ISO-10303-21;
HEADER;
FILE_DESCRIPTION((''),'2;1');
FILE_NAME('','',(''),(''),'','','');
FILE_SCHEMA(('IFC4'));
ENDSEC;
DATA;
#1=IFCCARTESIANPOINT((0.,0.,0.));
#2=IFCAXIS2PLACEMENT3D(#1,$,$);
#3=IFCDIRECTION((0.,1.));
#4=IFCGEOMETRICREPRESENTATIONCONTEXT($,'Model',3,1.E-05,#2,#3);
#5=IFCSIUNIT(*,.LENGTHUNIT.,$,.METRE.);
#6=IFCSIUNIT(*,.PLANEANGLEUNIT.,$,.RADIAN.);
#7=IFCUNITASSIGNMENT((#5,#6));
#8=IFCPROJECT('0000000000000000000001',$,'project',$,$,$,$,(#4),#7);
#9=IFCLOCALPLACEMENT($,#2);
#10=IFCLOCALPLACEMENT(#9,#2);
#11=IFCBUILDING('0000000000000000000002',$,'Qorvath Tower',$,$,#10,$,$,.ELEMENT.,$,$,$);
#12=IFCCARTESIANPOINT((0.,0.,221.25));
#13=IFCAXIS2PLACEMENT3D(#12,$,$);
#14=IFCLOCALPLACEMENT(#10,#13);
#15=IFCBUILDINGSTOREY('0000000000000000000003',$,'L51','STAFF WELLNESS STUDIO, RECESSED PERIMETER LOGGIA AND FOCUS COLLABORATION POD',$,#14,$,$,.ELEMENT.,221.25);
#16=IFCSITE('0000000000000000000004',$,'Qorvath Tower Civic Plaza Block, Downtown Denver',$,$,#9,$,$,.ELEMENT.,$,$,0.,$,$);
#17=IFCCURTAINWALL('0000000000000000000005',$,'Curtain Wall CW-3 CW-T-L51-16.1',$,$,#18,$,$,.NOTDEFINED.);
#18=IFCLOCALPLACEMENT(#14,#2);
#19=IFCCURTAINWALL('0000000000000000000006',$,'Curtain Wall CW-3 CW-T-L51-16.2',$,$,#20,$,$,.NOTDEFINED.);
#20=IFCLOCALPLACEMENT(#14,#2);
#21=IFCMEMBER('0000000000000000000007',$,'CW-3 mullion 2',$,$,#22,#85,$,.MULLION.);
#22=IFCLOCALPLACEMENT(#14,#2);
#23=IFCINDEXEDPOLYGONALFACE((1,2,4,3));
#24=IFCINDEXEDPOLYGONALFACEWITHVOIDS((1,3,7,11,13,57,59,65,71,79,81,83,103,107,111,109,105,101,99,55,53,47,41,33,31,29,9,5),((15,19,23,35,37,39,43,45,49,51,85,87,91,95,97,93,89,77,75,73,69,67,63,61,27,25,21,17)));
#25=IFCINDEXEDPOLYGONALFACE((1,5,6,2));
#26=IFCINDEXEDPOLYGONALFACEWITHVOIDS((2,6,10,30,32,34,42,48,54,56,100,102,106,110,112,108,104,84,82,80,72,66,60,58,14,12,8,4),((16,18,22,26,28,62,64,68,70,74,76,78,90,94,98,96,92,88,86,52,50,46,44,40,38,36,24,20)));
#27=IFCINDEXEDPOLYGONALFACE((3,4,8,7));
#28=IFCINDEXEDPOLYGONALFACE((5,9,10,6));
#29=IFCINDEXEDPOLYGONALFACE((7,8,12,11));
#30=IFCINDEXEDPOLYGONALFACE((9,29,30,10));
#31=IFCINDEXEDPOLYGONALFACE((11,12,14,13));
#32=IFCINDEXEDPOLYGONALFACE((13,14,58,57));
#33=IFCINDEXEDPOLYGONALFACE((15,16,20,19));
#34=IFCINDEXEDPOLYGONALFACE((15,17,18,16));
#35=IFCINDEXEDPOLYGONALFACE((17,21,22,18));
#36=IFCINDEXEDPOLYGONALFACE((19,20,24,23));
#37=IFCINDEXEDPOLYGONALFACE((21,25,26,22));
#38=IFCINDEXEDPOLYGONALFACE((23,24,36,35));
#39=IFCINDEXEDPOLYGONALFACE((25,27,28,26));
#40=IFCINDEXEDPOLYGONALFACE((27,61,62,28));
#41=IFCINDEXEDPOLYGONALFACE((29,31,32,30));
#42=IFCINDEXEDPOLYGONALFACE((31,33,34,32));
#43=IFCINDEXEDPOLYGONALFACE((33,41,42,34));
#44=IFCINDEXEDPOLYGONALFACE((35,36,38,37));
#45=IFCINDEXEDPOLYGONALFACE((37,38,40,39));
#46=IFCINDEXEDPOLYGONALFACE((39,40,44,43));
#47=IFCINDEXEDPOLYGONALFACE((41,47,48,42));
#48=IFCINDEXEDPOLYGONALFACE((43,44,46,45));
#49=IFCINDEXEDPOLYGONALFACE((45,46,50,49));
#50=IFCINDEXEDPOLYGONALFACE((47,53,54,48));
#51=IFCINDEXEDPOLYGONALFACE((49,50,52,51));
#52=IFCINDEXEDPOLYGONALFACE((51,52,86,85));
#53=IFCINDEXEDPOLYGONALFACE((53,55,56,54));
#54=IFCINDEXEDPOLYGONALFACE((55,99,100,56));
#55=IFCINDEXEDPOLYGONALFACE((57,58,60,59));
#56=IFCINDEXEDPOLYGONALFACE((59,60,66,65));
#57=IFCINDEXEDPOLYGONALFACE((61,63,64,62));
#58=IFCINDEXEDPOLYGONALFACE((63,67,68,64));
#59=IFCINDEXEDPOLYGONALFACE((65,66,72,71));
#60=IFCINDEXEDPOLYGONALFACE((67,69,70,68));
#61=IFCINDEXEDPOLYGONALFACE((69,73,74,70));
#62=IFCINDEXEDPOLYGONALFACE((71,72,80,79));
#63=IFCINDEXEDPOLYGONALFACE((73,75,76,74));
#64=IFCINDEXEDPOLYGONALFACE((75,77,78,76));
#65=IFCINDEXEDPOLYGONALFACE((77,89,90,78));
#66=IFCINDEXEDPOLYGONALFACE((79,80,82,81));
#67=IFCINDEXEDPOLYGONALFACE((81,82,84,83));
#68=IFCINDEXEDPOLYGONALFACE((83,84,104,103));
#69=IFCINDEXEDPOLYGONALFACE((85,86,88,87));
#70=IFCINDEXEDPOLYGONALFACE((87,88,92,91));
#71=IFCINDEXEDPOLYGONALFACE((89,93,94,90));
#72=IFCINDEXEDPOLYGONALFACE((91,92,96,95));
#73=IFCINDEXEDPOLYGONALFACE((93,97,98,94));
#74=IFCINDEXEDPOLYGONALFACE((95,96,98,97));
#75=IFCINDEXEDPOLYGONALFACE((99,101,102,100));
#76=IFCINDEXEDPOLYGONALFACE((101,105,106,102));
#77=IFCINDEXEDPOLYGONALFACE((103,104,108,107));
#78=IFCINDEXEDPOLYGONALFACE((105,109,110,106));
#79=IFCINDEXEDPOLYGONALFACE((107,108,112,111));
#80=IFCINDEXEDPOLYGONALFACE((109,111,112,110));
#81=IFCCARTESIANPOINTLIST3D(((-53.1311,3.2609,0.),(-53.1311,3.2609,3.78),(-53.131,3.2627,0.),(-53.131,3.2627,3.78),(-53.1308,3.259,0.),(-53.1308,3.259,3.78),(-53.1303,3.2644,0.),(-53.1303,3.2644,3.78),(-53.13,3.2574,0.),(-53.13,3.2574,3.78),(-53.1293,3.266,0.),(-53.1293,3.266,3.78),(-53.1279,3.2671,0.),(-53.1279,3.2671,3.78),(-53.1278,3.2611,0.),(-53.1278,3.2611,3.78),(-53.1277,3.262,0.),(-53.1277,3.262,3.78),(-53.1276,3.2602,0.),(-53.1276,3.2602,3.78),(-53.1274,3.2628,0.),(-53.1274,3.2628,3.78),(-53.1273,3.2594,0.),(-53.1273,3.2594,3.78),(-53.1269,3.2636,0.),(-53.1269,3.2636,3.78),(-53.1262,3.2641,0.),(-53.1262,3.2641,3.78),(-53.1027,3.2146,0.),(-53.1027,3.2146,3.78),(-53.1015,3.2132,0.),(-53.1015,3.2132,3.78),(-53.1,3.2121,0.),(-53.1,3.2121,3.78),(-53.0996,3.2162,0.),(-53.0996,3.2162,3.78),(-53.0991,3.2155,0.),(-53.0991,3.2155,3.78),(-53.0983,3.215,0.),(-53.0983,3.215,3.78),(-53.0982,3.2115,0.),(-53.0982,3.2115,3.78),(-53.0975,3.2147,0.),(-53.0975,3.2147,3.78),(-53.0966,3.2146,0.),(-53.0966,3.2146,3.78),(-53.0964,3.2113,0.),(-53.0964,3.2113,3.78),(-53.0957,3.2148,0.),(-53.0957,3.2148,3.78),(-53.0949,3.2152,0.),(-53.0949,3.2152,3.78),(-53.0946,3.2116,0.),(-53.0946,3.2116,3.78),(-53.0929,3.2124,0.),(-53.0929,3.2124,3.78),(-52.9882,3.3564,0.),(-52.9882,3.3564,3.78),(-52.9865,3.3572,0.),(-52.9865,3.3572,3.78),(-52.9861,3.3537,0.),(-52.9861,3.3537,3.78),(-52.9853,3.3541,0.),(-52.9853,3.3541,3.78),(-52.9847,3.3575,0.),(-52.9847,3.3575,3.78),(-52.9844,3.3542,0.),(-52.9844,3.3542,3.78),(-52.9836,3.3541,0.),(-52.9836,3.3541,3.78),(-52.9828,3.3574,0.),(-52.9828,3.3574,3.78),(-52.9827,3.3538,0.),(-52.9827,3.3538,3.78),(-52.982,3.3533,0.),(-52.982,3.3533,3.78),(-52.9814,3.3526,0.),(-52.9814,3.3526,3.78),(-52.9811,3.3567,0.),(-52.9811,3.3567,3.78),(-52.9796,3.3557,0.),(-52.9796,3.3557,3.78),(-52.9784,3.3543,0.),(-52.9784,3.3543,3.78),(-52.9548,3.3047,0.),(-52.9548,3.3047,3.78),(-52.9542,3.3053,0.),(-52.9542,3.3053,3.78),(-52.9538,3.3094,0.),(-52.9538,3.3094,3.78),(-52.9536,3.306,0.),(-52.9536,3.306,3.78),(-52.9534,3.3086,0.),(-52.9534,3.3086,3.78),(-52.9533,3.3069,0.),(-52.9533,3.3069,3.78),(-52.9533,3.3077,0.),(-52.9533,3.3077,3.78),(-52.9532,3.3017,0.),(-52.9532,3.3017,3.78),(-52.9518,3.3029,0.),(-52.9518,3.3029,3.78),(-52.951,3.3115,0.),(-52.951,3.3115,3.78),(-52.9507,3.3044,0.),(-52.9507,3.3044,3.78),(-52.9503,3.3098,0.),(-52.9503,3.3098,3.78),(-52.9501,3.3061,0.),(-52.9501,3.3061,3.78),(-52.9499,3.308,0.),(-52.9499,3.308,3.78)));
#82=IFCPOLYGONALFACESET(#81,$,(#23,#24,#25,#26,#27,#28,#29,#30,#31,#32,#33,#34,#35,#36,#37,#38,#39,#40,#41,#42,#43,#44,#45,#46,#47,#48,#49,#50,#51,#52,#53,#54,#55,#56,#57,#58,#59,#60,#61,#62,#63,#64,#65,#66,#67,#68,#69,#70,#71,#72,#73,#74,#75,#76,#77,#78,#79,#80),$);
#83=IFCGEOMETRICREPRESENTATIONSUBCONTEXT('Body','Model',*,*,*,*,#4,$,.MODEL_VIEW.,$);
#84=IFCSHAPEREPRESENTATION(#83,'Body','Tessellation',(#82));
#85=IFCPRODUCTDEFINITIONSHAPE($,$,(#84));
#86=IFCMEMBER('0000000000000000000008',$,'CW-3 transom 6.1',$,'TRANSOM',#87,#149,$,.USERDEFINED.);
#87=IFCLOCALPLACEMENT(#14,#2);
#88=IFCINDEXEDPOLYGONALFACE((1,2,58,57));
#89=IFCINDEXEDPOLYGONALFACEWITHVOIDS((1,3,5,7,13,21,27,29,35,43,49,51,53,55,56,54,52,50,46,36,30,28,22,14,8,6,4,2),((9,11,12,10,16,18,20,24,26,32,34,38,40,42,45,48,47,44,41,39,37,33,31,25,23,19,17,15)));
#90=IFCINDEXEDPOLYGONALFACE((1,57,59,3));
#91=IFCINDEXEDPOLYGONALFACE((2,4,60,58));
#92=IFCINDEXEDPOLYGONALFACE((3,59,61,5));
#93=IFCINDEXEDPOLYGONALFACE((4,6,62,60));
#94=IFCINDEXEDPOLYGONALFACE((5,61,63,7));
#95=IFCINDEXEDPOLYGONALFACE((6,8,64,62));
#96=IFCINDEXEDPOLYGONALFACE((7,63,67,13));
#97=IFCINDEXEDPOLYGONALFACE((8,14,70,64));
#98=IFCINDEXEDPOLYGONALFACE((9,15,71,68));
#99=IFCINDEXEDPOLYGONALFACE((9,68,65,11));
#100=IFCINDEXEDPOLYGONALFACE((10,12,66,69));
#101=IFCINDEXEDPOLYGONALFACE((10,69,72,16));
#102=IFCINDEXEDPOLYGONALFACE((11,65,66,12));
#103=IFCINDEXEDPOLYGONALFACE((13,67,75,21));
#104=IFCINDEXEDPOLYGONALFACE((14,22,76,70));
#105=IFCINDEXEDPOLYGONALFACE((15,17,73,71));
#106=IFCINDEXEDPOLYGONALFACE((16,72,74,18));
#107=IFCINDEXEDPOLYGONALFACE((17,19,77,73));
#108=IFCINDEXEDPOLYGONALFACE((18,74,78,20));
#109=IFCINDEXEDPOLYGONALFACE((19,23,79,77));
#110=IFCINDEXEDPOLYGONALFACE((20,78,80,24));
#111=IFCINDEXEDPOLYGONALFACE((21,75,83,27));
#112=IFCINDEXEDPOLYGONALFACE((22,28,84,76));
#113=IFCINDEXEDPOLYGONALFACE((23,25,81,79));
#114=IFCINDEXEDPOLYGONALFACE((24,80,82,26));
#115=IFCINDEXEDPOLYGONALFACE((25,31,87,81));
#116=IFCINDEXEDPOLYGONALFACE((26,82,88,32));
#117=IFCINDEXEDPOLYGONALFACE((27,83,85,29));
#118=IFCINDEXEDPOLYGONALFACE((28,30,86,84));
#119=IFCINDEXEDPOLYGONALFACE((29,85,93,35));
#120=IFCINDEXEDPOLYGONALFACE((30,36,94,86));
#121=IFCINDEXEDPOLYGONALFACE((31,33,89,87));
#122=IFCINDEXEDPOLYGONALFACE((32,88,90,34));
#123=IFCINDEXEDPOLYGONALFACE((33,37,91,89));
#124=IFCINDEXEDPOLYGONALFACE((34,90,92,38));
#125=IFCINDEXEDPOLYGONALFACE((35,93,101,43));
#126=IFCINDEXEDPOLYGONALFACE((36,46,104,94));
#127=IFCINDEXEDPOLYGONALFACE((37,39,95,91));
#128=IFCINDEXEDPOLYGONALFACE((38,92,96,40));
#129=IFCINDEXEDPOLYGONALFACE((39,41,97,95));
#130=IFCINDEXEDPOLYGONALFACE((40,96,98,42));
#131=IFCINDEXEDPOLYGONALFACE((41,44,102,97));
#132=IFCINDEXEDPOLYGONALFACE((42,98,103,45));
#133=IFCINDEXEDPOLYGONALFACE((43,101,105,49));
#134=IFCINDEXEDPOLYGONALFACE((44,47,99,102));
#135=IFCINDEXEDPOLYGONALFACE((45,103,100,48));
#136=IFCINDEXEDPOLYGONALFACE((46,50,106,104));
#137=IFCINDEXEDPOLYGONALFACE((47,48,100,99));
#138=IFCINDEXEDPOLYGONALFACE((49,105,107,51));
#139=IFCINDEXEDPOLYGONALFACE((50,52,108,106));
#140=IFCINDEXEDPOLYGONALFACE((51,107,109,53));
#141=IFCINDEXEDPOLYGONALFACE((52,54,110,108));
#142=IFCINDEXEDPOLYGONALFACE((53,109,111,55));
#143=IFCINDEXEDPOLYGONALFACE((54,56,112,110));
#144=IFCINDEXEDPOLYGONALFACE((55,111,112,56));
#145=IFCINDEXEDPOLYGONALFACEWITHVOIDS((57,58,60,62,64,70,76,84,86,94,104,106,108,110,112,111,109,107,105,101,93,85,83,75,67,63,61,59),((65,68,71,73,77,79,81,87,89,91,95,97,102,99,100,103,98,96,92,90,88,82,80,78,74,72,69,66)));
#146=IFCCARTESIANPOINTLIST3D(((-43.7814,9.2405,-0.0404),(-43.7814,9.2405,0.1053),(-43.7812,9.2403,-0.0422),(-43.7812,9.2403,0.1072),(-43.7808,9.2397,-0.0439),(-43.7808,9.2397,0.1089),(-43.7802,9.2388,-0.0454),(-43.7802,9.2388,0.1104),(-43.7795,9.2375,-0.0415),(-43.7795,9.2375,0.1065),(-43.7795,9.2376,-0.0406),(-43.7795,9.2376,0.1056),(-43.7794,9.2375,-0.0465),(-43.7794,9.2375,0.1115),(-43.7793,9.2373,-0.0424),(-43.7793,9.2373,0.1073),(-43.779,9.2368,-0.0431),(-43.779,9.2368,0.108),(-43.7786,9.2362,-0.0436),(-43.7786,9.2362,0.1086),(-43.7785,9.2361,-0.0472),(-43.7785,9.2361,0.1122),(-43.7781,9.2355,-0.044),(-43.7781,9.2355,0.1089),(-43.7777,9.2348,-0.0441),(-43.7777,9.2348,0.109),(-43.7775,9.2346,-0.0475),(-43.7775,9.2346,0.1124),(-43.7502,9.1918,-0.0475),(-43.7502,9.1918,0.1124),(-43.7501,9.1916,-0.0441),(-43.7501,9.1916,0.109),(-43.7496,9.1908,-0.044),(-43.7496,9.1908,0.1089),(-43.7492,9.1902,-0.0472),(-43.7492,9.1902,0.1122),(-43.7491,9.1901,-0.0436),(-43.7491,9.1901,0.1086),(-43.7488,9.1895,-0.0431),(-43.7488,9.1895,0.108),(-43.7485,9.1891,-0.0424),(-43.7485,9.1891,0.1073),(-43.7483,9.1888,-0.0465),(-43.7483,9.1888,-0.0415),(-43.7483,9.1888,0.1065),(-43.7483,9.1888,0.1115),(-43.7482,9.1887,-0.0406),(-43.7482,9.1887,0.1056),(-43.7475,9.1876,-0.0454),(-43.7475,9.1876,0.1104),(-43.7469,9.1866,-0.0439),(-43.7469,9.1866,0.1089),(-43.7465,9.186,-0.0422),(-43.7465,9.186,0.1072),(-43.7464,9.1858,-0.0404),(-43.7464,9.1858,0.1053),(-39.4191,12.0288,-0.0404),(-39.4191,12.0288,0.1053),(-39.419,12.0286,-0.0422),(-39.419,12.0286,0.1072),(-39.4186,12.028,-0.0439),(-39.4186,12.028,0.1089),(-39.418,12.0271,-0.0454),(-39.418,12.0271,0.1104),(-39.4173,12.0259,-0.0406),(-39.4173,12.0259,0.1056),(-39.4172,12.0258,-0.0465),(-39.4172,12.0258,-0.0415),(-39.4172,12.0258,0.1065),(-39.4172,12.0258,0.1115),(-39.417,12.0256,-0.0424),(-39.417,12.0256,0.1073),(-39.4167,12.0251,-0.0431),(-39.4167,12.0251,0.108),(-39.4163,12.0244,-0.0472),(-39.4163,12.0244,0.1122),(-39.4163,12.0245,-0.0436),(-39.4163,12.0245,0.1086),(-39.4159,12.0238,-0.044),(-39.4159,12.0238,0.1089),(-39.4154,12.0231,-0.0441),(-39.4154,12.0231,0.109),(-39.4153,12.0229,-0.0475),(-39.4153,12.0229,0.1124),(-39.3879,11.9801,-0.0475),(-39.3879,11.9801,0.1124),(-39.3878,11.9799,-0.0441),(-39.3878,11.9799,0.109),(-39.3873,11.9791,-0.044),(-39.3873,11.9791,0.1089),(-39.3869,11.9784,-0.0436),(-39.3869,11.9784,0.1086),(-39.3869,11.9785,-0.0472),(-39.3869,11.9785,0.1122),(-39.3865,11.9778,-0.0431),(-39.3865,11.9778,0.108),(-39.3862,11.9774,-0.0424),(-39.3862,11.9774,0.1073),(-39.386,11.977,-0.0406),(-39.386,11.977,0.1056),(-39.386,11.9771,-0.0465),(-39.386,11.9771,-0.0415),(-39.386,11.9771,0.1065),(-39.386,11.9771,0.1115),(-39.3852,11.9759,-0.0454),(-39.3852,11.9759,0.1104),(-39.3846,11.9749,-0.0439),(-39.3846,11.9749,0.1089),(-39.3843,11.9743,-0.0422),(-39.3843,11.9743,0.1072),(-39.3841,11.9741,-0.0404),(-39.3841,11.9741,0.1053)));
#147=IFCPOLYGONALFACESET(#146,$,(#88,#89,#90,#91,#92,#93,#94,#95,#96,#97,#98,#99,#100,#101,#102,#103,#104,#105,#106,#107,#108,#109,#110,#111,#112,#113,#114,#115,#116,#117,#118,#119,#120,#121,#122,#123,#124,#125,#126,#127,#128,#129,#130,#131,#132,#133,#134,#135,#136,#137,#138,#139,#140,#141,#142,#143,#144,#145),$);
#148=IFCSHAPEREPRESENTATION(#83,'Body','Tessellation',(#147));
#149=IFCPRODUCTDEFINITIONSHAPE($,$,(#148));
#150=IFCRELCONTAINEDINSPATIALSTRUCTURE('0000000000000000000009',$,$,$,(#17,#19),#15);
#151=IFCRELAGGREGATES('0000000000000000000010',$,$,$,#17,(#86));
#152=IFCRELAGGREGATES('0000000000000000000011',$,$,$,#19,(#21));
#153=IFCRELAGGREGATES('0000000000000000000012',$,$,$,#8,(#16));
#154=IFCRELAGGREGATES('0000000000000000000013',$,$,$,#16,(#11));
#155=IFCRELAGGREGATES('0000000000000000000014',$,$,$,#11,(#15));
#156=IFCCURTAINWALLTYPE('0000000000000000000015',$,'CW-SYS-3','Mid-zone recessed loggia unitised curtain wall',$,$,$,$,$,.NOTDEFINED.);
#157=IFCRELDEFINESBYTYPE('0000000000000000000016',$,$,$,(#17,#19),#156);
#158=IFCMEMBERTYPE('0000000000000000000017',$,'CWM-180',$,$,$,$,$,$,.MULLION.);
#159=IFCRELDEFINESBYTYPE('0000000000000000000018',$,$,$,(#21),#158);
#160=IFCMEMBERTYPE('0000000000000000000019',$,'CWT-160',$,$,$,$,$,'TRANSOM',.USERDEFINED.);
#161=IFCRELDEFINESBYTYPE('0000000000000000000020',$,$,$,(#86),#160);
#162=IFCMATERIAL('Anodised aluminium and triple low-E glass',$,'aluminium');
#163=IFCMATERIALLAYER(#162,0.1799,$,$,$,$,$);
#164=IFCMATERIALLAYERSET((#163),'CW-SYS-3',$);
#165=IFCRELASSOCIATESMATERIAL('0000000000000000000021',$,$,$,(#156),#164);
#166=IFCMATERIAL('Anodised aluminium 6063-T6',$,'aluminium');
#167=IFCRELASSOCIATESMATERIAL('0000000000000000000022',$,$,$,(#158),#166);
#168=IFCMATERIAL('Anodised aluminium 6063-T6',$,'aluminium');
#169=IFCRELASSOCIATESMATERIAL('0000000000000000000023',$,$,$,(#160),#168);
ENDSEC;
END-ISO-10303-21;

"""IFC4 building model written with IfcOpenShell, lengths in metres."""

from ifc_helpers import new_model, si_unit, direction, frame, origin, origin_2d, place, context, subcontext, project, spatial, hollow_rectangle, extrude, material, layer, layer_set, material_profile, profile_set, type_object, element, aggregate, save


model = new_model("IFC4")

# Units and contexts
model_context = context("Model", 3, precision=1e-05, world=origin(), true_north=direction((0.0, 1.0)))
body_context = subcontext(model_context, "Body", "Model", "MODEL_VIEW")
ifc_project = project(units=[si_unit("LENGTHUNIT", "METRE"), si_unit("PLANEANGLEUNIT", "RADIAN")], contexts=[model_context])

# Site, building, storey
site_placement = place(None, origin())
site = spatial("IfcSite", under=ifc_project, at=site_placement, Name="Qorvath Tower Civic Plaza Block, Downtown Denver", CompositionType="ELEMENT", RefElevation=0.0)
building_placement = place(site_placement, origin())
building = spatial("IfcBuilding", under=site, at=building_placement, Name="Qorvath Tower", CompositionType="ELEMENT")
storey_placement = place(building_placement, frame((0.0, 0.0, 221.25)))
storey = spatial("IfcBuildingStorey", under=building, at=storey_placement, Name="L51", Description="STAFF WELLNESS STUDIO, RECESSED PERIMETER LOGGIA AND FOCUS COLLABORATION POD", CompositionType="ELEMENT", Elevation=221.25)

# Curtain walls, member
ifc_material_1 = material(Name="Anodised aluminium and triple low-E glass", Category="aluminium")
ifc_layer_1 = layer(ifc_material_1, 0.1799)
ifc_layer_set_1 = layer_set([ifc_layer_1], Name="CW-SYS-3")
curtain_wall_type = type_object("IfcCurtainWallType", Name="CW-SYS-3", Description="Mid-zone recessed loggia unitised curtain wall", PredefinedType="NOTDEFINED", material=ifc_layer_set_1)
curtain_wall_1_placement = place(storey_placement, origin())
curtain_wall_1 = element("IfcCurtainWall", 1, at=curtain_wall_1_placement, inside=storey, type_object=curtain_wall_type, Name="Curtain Wall CW-3 CW-T-L51-16.1", PredefinedType="NOTDEFINED")
ifc_material_2 = material(Name="Anodised aluminium 6063-T6", Category="aluminium")
ifc_material_profile_1 = material_profile(ifc_material_2, hollow_rectangle(XDim=0.0649, YDim=0.1799, WallThickness=0.0034, InnerFilletRadius=0.0034, OuterFilletRadius=0.0071, at=origin_2d()), Name="CWM 180x65")
ifc_profile_set_1 = profile_set([ifc_material_profile_1], Name="Anodised aluminium 6063-T6")
member_type_1 = type_object("IfcMemberType", Name="CWM-180", PredefinedType="MULLION", material=ifc_profile_set_1)
curtain_wall_2_placement = place(storey_placement, origin())
curtain_wall_2 = element("IfcCurtainWall", 2, at=curtain_wall_2_placement, inside=storey, type_object=curtain_wall_type, Name="Curtain Wall CW-3 CW-T-L51-16.2", PredefinedType="NOTDEFINED")
member_1_placement = place(storey_placement, frame((-53.0405, 3.2844, 0.0), z_axis=(0.0, 0.0, 1.0), x_axis=(0.538553, -0.842592, 0.0)))
member_1 = element("IfcMember", 3, at=member_1_placement, type_object=member_type_1, Name="CW-3 mullion 2", PredefinedType="MULLION", context=body_context, shape_type="SweptSolid", body=[
    extrude(hollow_rectangle(XDim=0.0649, YDim=0.1799, WallThickness=0.0034, InnerFilletRadius=0.0034, OuterFilletRadius=0.0071, at=origin_2d()), origin(), (0.0, 0.0, 1.0), 3.78),
])

# Member
ifc_material_3 = material(Name="Anodised aluminium 6063-T6", Category="aluminium")
ifc_material_profile_2 = material_profile(ifc_material_3, hollow_rectangle(XDim=0.0649, YDim=0.1599, WallThickness=0.0034, InnerFilletRadius=0.0034, OuterFilletRadius=0.0071, at=origin_2d()), Name="CWT 160x65")
ifc_profile_set_2 = profile_set([ifc_material_profile_2], Name="Anodised aluminium 6063-T6")
member_type_2 = type_object("IfcMemberType", Name="CWT-160", ElementType="TRANSOM", PredefinedType="USERDEFINED", material=ifc_profile_set_2)
member_2_placement = place(storey_placement, frame((-39.4016, 12.0015, 0.0325), z_axis=(-0.842582, -0.538568, 0.0), x_axis=(0.538568, -0.842582, 0.0)))
member_2 = element("IfcMember", 4, at=member_2_placement, type_object=member_type_2, Name="CW-3 transom 6.1", ObjectType="TRANSOM", PredefinedType="USERDEFINED", context=body_context, shape_type="SweptSolid", body=[
    extrude(hollow_rectangle(XDim=0.0649, YDim=0.1599, WallThickness=0.0034, InnerFilletRadius=0.0034, OuterFilletRadius=0.0071, at=origin_2d()), origin(), (0.0, 0.0, 1.0), 5.1772),
])

aggregate(curtain_wall_1, [member_2])
aggregate(curtain_wall_2, [member_1])

save(model, "model.ifc")
